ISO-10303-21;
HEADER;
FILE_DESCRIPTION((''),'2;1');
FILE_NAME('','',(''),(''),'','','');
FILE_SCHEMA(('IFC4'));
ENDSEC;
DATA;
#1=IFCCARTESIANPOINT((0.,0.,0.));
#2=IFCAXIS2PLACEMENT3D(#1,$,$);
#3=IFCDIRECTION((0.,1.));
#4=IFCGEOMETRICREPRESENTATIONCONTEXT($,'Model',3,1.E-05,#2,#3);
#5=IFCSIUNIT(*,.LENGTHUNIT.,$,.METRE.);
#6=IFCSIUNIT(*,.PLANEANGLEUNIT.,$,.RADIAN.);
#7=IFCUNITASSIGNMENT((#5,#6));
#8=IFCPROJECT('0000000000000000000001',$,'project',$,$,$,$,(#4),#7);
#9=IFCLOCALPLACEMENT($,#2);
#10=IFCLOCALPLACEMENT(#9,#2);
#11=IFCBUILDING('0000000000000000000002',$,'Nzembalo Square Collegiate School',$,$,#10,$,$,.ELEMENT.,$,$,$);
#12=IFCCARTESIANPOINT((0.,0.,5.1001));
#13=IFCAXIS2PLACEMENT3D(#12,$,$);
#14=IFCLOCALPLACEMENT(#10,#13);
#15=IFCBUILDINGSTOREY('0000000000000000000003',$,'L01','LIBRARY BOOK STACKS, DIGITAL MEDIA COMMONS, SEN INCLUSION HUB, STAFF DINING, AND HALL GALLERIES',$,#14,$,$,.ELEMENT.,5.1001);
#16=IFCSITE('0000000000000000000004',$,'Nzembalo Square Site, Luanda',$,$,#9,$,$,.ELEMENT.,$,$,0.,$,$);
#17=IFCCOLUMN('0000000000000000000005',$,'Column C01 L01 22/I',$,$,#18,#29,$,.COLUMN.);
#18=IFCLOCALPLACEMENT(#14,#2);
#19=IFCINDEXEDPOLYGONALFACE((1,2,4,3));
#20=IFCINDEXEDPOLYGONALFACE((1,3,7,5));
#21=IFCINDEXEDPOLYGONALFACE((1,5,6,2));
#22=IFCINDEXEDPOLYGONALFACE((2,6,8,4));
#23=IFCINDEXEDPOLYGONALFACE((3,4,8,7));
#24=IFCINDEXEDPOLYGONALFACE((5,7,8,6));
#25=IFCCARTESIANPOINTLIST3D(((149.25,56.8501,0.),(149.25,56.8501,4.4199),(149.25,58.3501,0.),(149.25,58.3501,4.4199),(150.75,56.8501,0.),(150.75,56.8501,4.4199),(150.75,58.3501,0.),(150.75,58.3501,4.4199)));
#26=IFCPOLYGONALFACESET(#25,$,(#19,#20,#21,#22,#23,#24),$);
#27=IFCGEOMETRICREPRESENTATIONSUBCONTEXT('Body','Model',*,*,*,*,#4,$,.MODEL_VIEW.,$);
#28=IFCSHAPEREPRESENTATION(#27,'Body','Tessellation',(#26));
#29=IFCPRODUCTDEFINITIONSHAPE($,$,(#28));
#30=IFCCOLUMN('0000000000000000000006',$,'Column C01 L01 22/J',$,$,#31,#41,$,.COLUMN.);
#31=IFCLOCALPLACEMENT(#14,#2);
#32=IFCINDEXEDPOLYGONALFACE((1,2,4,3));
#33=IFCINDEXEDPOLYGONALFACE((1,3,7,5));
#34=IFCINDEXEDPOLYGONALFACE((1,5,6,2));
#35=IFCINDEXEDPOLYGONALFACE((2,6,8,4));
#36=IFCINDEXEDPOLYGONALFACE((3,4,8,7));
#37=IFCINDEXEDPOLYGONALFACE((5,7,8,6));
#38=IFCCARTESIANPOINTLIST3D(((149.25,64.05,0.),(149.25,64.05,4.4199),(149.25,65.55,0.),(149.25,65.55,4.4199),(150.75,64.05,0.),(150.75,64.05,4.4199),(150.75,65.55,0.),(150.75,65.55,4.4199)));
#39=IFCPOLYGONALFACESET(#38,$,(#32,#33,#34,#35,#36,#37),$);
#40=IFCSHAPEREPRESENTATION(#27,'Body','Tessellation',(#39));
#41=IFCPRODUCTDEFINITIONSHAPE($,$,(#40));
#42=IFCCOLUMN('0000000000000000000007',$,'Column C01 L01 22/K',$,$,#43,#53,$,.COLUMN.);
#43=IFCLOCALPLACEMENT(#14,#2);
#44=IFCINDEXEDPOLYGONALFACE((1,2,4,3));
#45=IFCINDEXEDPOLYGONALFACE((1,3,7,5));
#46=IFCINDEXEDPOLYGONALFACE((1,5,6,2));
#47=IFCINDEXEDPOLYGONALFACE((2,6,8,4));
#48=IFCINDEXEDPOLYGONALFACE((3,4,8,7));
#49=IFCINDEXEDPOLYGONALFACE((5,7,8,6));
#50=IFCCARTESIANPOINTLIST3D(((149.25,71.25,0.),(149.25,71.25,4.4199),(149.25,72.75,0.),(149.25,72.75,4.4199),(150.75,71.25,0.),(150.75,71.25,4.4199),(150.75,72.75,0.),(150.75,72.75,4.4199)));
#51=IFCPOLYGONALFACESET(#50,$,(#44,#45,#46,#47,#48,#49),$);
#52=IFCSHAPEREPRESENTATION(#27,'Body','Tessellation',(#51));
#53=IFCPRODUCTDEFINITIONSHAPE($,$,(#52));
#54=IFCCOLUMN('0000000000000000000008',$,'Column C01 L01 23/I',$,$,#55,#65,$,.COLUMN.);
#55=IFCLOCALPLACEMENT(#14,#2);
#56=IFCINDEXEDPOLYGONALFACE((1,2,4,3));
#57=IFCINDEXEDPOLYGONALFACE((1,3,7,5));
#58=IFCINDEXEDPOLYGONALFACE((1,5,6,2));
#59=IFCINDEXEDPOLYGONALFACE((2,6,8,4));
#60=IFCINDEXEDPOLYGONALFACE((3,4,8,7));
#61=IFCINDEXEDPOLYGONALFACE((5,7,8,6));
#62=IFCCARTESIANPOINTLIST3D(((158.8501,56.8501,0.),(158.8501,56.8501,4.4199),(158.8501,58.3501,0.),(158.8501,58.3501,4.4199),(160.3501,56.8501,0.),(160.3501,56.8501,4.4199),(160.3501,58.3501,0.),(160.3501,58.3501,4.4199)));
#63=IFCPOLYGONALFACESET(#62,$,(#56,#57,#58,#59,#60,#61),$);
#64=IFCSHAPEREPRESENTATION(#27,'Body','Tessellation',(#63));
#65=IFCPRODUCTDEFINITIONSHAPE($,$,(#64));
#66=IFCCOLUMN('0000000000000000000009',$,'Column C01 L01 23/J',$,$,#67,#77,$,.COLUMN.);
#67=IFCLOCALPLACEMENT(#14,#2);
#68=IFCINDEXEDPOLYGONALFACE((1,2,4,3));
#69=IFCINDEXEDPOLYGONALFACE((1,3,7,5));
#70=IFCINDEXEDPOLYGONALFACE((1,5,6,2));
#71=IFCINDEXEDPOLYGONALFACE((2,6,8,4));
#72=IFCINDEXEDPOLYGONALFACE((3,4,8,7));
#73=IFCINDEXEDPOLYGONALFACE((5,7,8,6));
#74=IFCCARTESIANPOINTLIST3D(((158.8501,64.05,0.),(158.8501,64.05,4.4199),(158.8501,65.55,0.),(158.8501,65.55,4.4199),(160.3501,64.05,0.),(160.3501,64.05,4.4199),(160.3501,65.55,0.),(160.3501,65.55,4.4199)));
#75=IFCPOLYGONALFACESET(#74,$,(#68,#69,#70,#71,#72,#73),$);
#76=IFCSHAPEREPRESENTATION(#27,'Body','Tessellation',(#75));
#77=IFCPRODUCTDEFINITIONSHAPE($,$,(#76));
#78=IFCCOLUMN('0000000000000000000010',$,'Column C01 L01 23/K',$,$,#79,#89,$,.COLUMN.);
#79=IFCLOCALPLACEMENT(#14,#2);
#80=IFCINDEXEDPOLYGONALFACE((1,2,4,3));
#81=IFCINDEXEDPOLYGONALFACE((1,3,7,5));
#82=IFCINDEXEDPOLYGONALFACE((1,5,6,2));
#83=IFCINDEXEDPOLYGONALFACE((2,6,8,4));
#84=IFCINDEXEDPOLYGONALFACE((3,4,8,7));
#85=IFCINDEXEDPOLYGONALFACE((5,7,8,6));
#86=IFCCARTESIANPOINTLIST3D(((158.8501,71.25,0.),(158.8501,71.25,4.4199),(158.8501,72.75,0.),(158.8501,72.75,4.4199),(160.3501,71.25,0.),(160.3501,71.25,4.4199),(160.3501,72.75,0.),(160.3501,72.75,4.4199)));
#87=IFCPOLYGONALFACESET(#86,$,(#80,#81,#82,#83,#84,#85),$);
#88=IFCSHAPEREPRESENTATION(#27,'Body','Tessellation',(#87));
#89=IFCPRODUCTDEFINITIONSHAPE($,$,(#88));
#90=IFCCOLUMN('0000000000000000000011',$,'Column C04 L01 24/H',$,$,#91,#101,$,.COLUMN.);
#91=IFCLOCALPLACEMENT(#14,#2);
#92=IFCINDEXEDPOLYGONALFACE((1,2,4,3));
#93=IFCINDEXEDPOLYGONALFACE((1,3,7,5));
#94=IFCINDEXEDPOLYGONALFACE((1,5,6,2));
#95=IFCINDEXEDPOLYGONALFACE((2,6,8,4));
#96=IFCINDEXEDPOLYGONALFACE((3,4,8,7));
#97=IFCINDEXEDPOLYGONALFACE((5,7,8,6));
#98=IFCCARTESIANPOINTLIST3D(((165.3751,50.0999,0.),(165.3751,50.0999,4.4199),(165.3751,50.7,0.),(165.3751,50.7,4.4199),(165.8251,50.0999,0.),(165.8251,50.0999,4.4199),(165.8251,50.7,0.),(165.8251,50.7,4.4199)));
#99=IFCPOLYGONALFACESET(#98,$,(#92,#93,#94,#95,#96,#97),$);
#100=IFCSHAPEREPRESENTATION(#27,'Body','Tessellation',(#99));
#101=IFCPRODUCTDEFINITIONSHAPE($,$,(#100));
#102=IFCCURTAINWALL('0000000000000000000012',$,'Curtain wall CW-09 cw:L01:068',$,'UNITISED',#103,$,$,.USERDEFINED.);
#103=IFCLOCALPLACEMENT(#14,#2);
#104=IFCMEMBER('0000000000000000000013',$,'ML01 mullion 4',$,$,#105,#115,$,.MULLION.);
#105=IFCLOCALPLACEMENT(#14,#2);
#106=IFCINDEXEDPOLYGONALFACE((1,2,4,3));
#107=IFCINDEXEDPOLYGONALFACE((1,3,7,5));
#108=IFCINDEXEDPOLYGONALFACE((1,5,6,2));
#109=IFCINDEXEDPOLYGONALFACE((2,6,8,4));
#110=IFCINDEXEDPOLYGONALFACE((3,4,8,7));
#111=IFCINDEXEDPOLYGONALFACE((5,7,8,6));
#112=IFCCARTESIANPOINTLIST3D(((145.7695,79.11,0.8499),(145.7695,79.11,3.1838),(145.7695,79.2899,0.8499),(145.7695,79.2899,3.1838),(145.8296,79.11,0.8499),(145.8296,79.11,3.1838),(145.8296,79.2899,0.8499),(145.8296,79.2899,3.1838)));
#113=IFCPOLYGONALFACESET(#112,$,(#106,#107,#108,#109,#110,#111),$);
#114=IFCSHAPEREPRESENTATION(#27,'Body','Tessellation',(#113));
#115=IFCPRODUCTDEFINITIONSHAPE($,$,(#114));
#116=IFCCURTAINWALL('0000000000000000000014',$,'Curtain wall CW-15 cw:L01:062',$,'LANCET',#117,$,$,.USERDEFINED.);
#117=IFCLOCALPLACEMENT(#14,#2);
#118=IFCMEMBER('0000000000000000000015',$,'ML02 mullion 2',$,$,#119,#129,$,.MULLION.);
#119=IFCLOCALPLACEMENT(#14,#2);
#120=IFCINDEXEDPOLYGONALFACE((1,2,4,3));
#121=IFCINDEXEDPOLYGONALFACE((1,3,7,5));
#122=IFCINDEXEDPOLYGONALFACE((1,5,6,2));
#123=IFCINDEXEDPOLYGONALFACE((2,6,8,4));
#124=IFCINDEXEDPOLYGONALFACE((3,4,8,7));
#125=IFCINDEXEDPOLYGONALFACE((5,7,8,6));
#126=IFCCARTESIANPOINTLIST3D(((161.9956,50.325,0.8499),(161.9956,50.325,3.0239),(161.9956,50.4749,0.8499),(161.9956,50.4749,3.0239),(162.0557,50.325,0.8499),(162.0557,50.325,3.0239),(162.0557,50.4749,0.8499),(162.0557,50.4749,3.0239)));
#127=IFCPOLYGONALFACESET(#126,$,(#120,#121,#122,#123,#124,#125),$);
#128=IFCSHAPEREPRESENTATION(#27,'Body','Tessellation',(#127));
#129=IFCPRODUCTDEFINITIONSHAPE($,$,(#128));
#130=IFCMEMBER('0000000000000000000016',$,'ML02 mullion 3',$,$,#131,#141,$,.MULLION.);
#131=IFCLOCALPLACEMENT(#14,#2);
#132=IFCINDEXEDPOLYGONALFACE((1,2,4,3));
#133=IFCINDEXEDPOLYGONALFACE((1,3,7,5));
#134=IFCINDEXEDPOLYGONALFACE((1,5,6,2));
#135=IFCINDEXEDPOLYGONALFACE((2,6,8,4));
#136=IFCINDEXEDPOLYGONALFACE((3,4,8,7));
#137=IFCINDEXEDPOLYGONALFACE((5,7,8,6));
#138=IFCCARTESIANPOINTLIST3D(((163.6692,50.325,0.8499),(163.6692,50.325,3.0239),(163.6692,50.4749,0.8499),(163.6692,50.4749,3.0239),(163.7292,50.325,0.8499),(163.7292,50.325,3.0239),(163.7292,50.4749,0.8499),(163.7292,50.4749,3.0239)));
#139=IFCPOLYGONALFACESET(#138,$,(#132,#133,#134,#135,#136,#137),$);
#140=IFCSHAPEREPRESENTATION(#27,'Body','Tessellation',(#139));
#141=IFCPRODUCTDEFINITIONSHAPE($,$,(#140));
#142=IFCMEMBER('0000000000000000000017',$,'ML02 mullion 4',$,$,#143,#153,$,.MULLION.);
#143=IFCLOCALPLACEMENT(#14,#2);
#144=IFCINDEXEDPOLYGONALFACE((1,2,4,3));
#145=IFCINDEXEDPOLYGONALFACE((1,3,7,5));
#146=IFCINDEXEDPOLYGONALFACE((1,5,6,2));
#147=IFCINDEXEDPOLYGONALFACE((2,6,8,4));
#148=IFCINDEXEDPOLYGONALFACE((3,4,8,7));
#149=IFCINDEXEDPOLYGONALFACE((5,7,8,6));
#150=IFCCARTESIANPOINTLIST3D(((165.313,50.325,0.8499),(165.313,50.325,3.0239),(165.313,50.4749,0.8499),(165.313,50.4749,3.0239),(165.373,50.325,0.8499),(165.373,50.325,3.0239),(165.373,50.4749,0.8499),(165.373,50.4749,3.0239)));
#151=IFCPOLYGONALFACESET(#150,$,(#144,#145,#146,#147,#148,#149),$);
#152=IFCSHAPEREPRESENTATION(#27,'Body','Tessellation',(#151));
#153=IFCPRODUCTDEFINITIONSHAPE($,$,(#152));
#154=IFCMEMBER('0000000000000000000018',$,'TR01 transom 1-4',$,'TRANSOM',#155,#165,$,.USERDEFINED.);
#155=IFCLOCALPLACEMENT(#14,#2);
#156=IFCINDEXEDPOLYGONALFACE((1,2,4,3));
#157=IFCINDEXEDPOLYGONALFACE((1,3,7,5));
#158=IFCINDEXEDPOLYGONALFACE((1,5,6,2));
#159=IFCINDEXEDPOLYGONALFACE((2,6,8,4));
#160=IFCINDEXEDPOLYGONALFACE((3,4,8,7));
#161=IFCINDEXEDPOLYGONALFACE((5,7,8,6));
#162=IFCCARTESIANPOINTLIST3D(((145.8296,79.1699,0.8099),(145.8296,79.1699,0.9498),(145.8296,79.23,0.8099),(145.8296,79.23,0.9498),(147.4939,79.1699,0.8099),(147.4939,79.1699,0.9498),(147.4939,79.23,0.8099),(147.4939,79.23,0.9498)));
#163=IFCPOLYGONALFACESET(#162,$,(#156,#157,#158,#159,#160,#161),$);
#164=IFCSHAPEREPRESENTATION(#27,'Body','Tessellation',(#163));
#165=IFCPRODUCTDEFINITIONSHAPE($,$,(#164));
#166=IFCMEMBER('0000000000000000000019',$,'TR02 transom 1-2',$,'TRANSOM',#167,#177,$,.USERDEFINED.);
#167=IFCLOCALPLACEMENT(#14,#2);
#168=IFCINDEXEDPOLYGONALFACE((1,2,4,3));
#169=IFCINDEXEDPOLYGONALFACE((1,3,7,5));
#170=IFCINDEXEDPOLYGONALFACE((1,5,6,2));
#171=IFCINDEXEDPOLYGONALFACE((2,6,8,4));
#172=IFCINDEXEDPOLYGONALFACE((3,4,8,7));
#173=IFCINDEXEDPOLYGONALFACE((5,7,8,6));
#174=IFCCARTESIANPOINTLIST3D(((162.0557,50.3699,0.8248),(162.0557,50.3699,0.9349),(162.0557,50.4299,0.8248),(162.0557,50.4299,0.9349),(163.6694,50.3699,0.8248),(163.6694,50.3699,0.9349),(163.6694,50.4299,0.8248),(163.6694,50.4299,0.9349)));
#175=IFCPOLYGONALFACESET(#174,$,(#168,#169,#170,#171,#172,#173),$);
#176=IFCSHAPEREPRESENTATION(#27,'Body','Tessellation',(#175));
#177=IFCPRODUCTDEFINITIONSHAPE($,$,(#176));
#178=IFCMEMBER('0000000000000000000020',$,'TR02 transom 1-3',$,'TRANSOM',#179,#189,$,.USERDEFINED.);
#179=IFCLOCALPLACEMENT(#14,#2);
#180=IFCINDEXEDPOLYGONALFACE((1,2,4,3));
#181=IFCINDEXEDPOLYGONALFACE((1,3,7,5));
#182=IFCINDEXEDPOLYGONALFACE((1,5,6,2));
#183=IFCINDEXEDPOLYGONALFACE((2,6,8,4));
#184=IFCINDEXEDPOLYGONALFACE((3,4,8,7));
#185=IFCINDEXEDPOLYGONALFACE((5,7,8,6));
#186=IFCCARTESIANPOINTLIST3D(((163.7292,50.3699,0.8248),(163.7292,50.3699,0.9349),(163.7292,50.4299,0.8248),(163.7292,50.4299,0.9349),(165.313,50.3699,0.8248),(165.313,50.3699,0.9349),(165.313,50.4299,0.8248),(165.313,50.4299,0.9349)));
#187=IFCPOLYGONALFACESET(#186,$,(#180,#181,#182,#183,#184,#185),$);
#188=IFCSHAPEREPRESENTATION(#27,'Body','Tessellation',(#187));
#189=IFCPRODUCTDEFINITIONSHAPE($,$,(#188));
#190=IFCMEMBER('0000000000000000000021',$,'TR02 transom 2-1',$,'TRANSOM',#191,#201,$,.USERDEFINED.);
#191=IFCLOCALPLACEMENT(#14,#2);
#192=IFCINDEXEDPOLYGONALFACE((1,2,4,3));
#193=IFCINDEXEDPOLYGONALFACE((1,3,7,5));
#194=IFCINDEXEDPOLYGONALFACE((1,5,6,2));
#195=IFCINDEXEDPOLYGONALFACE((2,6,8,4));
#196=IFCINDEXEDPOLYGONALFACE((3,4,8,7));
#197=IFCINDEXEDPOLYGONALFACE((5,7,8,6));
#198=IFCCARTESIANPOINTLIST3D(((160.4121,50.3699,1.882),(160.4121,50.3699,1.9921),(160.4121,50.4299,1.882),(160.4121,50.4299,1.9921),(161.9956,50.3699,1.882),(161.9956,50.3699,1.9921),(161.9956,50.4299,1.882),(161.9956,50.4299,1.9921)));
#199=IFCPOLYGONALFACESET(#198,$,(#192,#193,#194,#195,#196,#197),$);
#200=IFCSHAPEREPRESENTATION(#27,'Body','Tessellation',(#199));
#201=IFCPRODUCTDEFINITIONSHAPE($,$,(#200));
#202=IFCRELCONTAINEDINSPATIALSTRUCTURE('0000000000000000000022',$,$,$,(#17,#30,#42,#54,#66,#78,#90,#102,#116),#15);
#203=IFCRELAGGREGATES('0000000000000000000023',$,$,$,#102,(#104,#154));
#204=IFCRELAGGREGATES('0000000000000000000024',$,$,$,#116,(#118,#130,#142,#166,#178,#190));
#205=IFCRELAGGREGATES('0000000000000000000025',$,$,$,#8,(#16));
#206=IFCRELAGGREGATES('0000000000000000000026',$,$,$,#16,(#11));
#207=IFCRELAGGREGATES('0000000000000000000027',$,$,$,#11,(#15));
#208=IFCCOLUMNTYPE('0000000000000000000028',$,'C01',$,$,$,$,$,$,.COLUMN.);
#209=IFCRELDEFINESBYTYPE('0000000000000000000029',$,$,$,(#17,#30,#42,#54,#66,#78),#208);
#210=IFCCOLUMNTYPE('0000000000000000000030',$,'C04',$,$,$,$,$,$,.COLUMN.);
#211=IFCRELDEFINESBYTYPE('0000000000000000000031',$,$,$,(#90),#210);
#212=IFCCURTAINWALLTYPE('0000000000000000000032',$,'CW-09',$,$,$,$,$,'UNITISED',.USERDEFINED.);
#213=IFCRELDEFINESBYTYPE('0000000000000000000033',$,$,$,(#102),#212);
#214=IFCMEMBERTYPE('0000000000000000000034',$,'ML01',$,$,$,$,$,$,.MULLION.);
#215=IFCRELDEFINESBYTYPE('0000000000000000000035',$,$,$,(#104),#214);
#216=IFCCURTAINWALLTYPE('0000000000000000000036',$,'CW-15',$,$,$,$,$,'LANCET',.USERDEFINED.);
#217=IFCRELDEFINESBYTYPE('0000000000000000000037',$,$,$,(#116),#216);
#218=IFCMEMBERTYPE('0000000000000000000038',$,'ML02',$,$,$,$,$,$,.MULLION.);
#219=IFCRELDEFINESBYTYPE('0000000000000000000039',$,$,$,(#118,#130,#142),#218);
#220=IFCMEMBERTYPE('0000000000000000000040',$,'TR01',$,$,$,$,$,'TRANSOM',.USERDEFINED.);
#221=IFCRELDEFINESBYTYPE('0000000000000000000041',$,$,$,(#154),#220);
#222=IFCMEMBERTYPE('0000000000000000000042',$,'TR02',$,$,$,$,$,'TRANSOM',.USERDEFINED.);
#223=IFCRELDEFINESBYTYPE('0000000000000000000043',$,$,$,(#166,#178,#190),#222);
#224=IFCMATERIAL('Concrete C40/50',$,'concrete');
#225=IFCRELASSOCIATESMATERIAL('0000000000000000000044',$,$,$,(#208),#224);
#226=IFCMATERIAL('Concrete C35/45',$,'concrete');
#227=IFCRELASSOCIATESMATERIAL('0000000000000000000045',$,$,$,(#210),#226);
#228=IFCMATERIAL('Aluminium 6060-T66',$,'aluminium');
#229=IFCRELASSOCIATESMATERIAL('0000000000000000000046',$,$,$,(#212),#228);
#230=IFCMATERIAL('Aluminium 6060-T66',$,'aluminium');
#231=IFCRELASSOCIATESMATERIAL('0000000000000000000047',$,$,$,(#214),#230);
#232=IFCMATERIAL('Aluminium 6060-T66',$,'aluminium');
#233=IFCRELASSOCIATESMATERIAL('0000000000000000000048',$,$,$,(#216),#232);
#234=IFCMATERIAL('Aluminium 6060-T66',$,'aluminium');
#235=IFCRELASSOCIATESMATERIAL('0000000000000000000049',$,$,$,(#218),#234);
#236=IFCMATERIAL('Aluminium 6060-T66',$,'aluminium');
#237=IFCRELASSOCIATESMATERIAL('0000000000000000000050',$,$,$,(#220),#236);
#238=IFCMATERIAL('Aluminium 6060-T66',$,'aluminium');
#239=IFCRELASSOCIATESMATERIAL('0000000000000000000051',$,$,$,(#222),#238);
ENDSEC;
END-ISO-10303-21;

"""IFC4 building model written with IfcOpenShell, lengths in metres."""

from ifc_helpers import new_model, si_unit, direction, frame, origin, origin_2d, place, context, subcontext, project, spatial, rectangle, extrude, material, material_profile, profile_set, type_object, element, aggregate, save


model = new_model("IFC4")

# Units and contexts
model_context = context("Model", 3, precision=1e-05, world=origin(), true_north=direction((0.0, 1.0)))
body_context = subcontext(model_context, "Body", "Model", "MODEL_VIEW")
ifc_project = project(units=[si_unit("LENGTHUNIT", "METRE"), si_unit("PLANEANGLEUNIT", "RADIAN")], contexts=[model_context])

# Site, building, storey
site_placement = place(None, origin())
site = spatial("IfcSite", under=ifc_project, at=site_placement, Name="Nzembalo Square Site, Luanda", CompositionType="ELEMENT", RefElevation=0.0)
building_placement = place(site_placement, origin())
building = spatial("IfcBuilding", under=site, at=building_placement, Name="Nzembalo Square Collegiate School", CompositionType="ELEMENT")
storey_placement = place(building_placement, frame((0.0, 0.0, 5.1001)))
storey = spatial("IfcBuildingStorey", under=building, at=storey_placement, Name="L01", Description="LIBRARY BOOK STACKS, DIGITAL MEDIA COMMONS, SEN INCLUSION HUB, STAFF DINING, AND HALL GALLERIES", CompositionType="ELEMENT", Elevation=5.1001)

# Columns
ifc_material_1 = material(Name="Concrete C40/50", Category="concrete")
ifc_material_profile_1 = material_profile(ifc_material_1, rectangle(XDim=1.5, YDim=1.5, at=origin_2d()), Name="RC 1500x1500")
ifc_profile_set_1 = profile_set([ifc_material_profile_1], Name="Concrete C40/50")
column_type_1 = type_object("IfcColumnType", Name="C01", PredefinedType="COLUMN", material=ifc_profile_set_1)
for number, where, z_axis, x_axis, name in (
    (1, (150.0, 57.6001, 0.0), (0.0, 0.0, 1.0), (1.0, 0.0, 0.0), "Column C01 L01 22/I"),
    (2, (150.0, 64.8, 0.0), (0.0, 0.0, 1.0), (1.0, 0.0, 0.0), "Column C01 L01 22/J"),
    (3, (150.0, 72.0, 0.0), (0.0, 0.0, 1.0), (1.0, 0.0, 0.0), "Column C01 L01 22/K"),
    (4, (159.6001, 57.6001, 0.0), (0.0, 0.0, 1.0), (1.0, 0.0, 0.0), "Column C01 L01 23/I"),
    (5, (159.6001, 64.8, 0.0), (0.0, 0.0, 1.0), (1.0, 0.0, 0.0), "Column C01 L01 23/J"),
    (6, (159.6001, 72.0, 0.0), (0.0, 0.0, 1.0), (1.0, 0.0, 0.0), "Column C01 L01 23/K"),
):
    element("IfcColumn", number, at=place(storey_placement, frame(where, z_axis=z_axis, x_axis=x_axis)), inside=storey, type_object=column_type_1, Name=name, PredefinedType="COLUMN", context=body_context, shape_type="SweptSolid", body=[
        extrude(rectangle(XDim=1.5, YDim=1.5, at=origin_2d()), origin(), (0.0, 0.0, 1.0), 4.4199),
    ])
ifc_material_2 = material(Name="Concrete C35/45", Category="concrete")
ifc_material_profile_2 = material_profile(ifc_material_2, rectangle(XDim=0.45, YDim=0.6001, at=origin_2d()), Name="RC 450x600")
ifc_profile_set_2 = profile_set([ifc_material_profile_2], Name="Concrete C35/45")
column_type_2 = type_object("IfcColumnType", Name="C04", PredefinedType="COLUMN", material=ifc_profile_set_2)
column_placement = place(storey_placement, frame((165.6001, 50.3999, 0.0), z_axis=(0.0, 0.0, 1.0), x_axis=(1.0, 0.0, 0.0)))
element("IfcColumn", 7, at=column_placement, inside=storey, type_object=column_type_2, Name="Column C04 L01 24/H", PredefinedType="COLUMN", context=body_context, shape_type="SweptSolid", body=[
    extrude(rectangle(XDim=0.45, YDim=0.6001, at=origin_2d()), origin(), (0.0, 0.0, 1.0), 4.4199),
])

# Curtain wall, member
ifc_material_3 = material(Name="Aluminium 6060-T66", Category="aluminium")
curtain_wall_type_1 = type_object("IfcCurtainWallType", Name="CW-09", ElementType="UNITISED", PredefinedType="USERDEFINED", material=ifc_material_3)
curtain_wall_1_placement = place(storey_placement, origin())
curtain_wall_1 = element("IfcCurtainWall", 8, at=curtain_wall_1_placement, inside=storey, type_object=curtain_wall_type_1, Name="Curtain wall CW-09 cw:L01:068", ObjectType="UNITISED", PredefinedType="USERDEFINED")
ifc_material_4 = material(Name="Aluminium 6060-T66", Category="aluminium")
ifc_material_profile_3 = material_profile(ifc_material_4, rectangle(XDim=0.0601, YDim=0.1799, at=origin_2d()), Name="ALU M60x180")
ifc_profile_set_3 = profile_set([ifc_material_profile_3], Name="Aluminium 6060-T66")
member_type_1 = type_object("IfcMemberType", Name="ML01", PredefinedType="MULLION", material=ifc_profile_set_3)
member_1_placement = place(storey_placement, frame((145.7996, 79.2, 0.8499), z_axis=(0.0, 0.0, 1.0), x_axis=(1.0, 0.0, 0.0)))
member_1 = element("IfcMember", 9, at=member_1_placement, type_object=member_type_1, Name="ML01 mullion 4", PredefinedType="MULLION", context=body_context, shape_type="SweptSolid", body=[
    extrude(rectangle(XDim=0.0601, YDim=0.1799, at=origin_2d()), origin(), (0.0, 0.0, 1.0), 2.334),
])

# Curtain wall, members
ifc_material_5 = material(Name="Aluminium 6060-T66", Category="aluminium")
curtain_wall_type_2 = type_object("IfcCurtainWallType", Name="CW-15", ElementType="LANCET", PredefinedType="USERDEFINED", material=ifc_material_5)
curtain_wall_2_placement = place(storey_placement, origin())
curtain_wall_2 = element("IfcCurtainWall", 10, at=curtain_wall_2_placement, inside=storey, type_object=curtain_wall_type_2, Name="Curtain wall CW-15 cw:L01:062", ObjectType="LANCET", PredefinedType="USERDEFINED")
ifc_material_6 = material(Name="Aluminium 6060-T66", Category="aluminium")
ifc_material_profile_4 = material_profile(ifc_material_6, rectangle(XDim=0.0601, YDim=0.1499, at=origin_2d()), Name="ALU M60x150")
ifc_profile_set_4 = profile_set([ifc_material_profile_4], Name="Aluminium 6060-T66")
member_type_2 = type_object("IfcMemberType", Name="ML02", PredefinedType="MULLION", material=ifc_profile_set_4)
member_2_placement = place(storey_placement, frame((162.0256, 50.3999, 0.8499), z_axis=(0.0, 0.0, 1.0), x_axis=(1.0, 0.0, 0.0)))
member_2 = element("IfcMember", 11, at=member_2_placement, type_object=member_type_2, Name="ML02 mullion 2", PredefinedType="MULLION", context=body_context, shape_type="SweptSolid", body=[
    extrude(rectangle(XDim=0.0601, YDim=0.1499, at=origin_2d()), origin(), (0.0, 0.0, 1.0), 2.1741),
])
member_3_placement = place(storey_placement, frame((163.6992, 50.3999, 0.8499), z_axis=(0.0, 0.0, 1.0), x_axis=(1.0, 0.0, 0.0)))
member_3 = element("IfcMember", 12, at=member_3_placement, type_object=member_type_2, Name="ML02 mullion 3", PredefinedType="MULLION", context=body_context, shape_type="SweptSolid", body=[
    extrude(rectangle(XDim=0.0601, YDim=0.1499, at=origin_2d()), origin(), (0.0, 0.0, 1.0), 2.1741),
])
member_4_placement = place(storey_placement, frame((165.343, 50.3999, 0.8499), z_axis=(0.0, 0.0, 1.0), x_axis=(1.0, 0.0, 0.0)))
member_4 = element("IfcMember", 13, at=member_4_placement, type_object=member_type_2, Name="ML02 mullion 4", PredefinedType="MULLION", context=body_context, shape_type="SweptSolid", body=[
    extrude(rectangle(XDim=0.0601, YDim=0.1499, at=origin_2d()), origin(), (0.0, 0.0, 1.0), 2.1741),
])

# Members
ifc_material_7 = material(Name="Aluminium 6060-T66", Category="aluminium")
ifc_material_profile_5 = material_profile(ifc_material_7, rectangle(XDim=0.0601, YDim=0.1399, at=origin_2d()), Name="ALU T60x140")
ifc_profile_set_5 = profile_set([ifc_material_profile_5], Name="Aluminium 6060-T66")
member_type_3 = type_object("IfcMemberType", Name="TR01", ElementType="TRANSOM", PredefinedType="USERDEFINED", material=ifc_profile_set_5)
member_5_placement = place(storey_placement, frame((145.8296, 79.2, 0.8799), z_axis=(1.0, 0.0, 0.0), x_axis=(0.0, 1.0, 0.0)))
member_5 = element("IfcMember", 14, at=member_5_placement, type_object=member_type_3, Name="TR01 transom 1-4", ObjectType="TRANSOM", PredefinedType="USERDEFINED", context=body_context, shape_type="SweptSolid", body=[
    extrude(rectangle(XDim=0.0601, YDim=0.1399, at=origin_2d()), origin(), (0.0, 0.0, 1.0), 1.6643),
])
aggregate(curtain_wall_1, [member_1, member_5])
ifc_material_8 = material(Name="Aluminium 6060-T66", Category="aluminium")
ifc_material_profile_6 = material_profile(ifc_material_8, rectangle(XDim=0.0601, YDim=0.1101, at=origin_2d()), Name="ALU T60x110")
ifc_profile_set_6 = profile_set([ifc_material_profile_6], Name="Aluminium 6060-T66")
member_type_4 = type_object("IfcMemberType", Name="TR02", ElementType="TRANSOM", PredefinedType="USERDEFINED", material=ifc_profile_set_6)
member_6_placement = place(storey_placement, frame((162.0557, 50.3999, 0.8799), z_axis=(1.0, 0.0, 0.0), x_axis=(0.0, 1.0, 0.0)))
member_6 = element("IfcMember", 15, at=member_6_placement, type_object=member_type_4, Name="TR02 transom 1-2", ObjectType="TRANSOM", PredefinedType="USERDEFINED", context=body_context, shape_type="SweptSolid", body=[
    extrude(rectangle(XDim=0.0601, YDim=0.1101, at=origin_2d()), origin(), (0.0, 0.0, 1.0), 1.6138),
])
member_7_placement = place(storey_placement, frame((163.7292, 50.3999, 0.8799), z_axis=(1.0, 0.0, 0.0), x_axis=(0.0, 1.0, 0.0)))
member_7 = element("IfcMember", 16, at=member_7_placement, type_object=member_type_4, Name="TR02 transom 1-3", ObjectType="TRANSOM", PredefinedType="USERDEFINED", context=body_context, shape_type="SweptSolid", body=[
    extrude(rectangle(XDim=0.0601, YDim=0.1101, at=origin_2d()), origin(), (0.0, 0.0, 1.0), 1.5837),
])
member_8_placement = place(storey_placement, frame((160.4121, 50.3999, 1.937), z_axis=(1.0, 0.0, 0.0), x_axis=(0.0, 1.0, 0.0)))
member_8 = element("IfcMember", 17, at=member_8_placement, type_object=member_type_4, Name="TR02 transom 2-1", ObjectType="TRANSOM", PredefinedType="USERDEFINED", context=body_context, shape_type="SweptSolid", body=[
    extrude(rectangle(XDim=0.0601, YDim=0.1101, at=origin_2d()), origin(), (0.0, 0.0, 1.0), 1.5835),
])

aggregate(curtain_wall_2, [member_2, member_3, member_4, member_6, member_7, member_8])

save(model, "model.ifc")
